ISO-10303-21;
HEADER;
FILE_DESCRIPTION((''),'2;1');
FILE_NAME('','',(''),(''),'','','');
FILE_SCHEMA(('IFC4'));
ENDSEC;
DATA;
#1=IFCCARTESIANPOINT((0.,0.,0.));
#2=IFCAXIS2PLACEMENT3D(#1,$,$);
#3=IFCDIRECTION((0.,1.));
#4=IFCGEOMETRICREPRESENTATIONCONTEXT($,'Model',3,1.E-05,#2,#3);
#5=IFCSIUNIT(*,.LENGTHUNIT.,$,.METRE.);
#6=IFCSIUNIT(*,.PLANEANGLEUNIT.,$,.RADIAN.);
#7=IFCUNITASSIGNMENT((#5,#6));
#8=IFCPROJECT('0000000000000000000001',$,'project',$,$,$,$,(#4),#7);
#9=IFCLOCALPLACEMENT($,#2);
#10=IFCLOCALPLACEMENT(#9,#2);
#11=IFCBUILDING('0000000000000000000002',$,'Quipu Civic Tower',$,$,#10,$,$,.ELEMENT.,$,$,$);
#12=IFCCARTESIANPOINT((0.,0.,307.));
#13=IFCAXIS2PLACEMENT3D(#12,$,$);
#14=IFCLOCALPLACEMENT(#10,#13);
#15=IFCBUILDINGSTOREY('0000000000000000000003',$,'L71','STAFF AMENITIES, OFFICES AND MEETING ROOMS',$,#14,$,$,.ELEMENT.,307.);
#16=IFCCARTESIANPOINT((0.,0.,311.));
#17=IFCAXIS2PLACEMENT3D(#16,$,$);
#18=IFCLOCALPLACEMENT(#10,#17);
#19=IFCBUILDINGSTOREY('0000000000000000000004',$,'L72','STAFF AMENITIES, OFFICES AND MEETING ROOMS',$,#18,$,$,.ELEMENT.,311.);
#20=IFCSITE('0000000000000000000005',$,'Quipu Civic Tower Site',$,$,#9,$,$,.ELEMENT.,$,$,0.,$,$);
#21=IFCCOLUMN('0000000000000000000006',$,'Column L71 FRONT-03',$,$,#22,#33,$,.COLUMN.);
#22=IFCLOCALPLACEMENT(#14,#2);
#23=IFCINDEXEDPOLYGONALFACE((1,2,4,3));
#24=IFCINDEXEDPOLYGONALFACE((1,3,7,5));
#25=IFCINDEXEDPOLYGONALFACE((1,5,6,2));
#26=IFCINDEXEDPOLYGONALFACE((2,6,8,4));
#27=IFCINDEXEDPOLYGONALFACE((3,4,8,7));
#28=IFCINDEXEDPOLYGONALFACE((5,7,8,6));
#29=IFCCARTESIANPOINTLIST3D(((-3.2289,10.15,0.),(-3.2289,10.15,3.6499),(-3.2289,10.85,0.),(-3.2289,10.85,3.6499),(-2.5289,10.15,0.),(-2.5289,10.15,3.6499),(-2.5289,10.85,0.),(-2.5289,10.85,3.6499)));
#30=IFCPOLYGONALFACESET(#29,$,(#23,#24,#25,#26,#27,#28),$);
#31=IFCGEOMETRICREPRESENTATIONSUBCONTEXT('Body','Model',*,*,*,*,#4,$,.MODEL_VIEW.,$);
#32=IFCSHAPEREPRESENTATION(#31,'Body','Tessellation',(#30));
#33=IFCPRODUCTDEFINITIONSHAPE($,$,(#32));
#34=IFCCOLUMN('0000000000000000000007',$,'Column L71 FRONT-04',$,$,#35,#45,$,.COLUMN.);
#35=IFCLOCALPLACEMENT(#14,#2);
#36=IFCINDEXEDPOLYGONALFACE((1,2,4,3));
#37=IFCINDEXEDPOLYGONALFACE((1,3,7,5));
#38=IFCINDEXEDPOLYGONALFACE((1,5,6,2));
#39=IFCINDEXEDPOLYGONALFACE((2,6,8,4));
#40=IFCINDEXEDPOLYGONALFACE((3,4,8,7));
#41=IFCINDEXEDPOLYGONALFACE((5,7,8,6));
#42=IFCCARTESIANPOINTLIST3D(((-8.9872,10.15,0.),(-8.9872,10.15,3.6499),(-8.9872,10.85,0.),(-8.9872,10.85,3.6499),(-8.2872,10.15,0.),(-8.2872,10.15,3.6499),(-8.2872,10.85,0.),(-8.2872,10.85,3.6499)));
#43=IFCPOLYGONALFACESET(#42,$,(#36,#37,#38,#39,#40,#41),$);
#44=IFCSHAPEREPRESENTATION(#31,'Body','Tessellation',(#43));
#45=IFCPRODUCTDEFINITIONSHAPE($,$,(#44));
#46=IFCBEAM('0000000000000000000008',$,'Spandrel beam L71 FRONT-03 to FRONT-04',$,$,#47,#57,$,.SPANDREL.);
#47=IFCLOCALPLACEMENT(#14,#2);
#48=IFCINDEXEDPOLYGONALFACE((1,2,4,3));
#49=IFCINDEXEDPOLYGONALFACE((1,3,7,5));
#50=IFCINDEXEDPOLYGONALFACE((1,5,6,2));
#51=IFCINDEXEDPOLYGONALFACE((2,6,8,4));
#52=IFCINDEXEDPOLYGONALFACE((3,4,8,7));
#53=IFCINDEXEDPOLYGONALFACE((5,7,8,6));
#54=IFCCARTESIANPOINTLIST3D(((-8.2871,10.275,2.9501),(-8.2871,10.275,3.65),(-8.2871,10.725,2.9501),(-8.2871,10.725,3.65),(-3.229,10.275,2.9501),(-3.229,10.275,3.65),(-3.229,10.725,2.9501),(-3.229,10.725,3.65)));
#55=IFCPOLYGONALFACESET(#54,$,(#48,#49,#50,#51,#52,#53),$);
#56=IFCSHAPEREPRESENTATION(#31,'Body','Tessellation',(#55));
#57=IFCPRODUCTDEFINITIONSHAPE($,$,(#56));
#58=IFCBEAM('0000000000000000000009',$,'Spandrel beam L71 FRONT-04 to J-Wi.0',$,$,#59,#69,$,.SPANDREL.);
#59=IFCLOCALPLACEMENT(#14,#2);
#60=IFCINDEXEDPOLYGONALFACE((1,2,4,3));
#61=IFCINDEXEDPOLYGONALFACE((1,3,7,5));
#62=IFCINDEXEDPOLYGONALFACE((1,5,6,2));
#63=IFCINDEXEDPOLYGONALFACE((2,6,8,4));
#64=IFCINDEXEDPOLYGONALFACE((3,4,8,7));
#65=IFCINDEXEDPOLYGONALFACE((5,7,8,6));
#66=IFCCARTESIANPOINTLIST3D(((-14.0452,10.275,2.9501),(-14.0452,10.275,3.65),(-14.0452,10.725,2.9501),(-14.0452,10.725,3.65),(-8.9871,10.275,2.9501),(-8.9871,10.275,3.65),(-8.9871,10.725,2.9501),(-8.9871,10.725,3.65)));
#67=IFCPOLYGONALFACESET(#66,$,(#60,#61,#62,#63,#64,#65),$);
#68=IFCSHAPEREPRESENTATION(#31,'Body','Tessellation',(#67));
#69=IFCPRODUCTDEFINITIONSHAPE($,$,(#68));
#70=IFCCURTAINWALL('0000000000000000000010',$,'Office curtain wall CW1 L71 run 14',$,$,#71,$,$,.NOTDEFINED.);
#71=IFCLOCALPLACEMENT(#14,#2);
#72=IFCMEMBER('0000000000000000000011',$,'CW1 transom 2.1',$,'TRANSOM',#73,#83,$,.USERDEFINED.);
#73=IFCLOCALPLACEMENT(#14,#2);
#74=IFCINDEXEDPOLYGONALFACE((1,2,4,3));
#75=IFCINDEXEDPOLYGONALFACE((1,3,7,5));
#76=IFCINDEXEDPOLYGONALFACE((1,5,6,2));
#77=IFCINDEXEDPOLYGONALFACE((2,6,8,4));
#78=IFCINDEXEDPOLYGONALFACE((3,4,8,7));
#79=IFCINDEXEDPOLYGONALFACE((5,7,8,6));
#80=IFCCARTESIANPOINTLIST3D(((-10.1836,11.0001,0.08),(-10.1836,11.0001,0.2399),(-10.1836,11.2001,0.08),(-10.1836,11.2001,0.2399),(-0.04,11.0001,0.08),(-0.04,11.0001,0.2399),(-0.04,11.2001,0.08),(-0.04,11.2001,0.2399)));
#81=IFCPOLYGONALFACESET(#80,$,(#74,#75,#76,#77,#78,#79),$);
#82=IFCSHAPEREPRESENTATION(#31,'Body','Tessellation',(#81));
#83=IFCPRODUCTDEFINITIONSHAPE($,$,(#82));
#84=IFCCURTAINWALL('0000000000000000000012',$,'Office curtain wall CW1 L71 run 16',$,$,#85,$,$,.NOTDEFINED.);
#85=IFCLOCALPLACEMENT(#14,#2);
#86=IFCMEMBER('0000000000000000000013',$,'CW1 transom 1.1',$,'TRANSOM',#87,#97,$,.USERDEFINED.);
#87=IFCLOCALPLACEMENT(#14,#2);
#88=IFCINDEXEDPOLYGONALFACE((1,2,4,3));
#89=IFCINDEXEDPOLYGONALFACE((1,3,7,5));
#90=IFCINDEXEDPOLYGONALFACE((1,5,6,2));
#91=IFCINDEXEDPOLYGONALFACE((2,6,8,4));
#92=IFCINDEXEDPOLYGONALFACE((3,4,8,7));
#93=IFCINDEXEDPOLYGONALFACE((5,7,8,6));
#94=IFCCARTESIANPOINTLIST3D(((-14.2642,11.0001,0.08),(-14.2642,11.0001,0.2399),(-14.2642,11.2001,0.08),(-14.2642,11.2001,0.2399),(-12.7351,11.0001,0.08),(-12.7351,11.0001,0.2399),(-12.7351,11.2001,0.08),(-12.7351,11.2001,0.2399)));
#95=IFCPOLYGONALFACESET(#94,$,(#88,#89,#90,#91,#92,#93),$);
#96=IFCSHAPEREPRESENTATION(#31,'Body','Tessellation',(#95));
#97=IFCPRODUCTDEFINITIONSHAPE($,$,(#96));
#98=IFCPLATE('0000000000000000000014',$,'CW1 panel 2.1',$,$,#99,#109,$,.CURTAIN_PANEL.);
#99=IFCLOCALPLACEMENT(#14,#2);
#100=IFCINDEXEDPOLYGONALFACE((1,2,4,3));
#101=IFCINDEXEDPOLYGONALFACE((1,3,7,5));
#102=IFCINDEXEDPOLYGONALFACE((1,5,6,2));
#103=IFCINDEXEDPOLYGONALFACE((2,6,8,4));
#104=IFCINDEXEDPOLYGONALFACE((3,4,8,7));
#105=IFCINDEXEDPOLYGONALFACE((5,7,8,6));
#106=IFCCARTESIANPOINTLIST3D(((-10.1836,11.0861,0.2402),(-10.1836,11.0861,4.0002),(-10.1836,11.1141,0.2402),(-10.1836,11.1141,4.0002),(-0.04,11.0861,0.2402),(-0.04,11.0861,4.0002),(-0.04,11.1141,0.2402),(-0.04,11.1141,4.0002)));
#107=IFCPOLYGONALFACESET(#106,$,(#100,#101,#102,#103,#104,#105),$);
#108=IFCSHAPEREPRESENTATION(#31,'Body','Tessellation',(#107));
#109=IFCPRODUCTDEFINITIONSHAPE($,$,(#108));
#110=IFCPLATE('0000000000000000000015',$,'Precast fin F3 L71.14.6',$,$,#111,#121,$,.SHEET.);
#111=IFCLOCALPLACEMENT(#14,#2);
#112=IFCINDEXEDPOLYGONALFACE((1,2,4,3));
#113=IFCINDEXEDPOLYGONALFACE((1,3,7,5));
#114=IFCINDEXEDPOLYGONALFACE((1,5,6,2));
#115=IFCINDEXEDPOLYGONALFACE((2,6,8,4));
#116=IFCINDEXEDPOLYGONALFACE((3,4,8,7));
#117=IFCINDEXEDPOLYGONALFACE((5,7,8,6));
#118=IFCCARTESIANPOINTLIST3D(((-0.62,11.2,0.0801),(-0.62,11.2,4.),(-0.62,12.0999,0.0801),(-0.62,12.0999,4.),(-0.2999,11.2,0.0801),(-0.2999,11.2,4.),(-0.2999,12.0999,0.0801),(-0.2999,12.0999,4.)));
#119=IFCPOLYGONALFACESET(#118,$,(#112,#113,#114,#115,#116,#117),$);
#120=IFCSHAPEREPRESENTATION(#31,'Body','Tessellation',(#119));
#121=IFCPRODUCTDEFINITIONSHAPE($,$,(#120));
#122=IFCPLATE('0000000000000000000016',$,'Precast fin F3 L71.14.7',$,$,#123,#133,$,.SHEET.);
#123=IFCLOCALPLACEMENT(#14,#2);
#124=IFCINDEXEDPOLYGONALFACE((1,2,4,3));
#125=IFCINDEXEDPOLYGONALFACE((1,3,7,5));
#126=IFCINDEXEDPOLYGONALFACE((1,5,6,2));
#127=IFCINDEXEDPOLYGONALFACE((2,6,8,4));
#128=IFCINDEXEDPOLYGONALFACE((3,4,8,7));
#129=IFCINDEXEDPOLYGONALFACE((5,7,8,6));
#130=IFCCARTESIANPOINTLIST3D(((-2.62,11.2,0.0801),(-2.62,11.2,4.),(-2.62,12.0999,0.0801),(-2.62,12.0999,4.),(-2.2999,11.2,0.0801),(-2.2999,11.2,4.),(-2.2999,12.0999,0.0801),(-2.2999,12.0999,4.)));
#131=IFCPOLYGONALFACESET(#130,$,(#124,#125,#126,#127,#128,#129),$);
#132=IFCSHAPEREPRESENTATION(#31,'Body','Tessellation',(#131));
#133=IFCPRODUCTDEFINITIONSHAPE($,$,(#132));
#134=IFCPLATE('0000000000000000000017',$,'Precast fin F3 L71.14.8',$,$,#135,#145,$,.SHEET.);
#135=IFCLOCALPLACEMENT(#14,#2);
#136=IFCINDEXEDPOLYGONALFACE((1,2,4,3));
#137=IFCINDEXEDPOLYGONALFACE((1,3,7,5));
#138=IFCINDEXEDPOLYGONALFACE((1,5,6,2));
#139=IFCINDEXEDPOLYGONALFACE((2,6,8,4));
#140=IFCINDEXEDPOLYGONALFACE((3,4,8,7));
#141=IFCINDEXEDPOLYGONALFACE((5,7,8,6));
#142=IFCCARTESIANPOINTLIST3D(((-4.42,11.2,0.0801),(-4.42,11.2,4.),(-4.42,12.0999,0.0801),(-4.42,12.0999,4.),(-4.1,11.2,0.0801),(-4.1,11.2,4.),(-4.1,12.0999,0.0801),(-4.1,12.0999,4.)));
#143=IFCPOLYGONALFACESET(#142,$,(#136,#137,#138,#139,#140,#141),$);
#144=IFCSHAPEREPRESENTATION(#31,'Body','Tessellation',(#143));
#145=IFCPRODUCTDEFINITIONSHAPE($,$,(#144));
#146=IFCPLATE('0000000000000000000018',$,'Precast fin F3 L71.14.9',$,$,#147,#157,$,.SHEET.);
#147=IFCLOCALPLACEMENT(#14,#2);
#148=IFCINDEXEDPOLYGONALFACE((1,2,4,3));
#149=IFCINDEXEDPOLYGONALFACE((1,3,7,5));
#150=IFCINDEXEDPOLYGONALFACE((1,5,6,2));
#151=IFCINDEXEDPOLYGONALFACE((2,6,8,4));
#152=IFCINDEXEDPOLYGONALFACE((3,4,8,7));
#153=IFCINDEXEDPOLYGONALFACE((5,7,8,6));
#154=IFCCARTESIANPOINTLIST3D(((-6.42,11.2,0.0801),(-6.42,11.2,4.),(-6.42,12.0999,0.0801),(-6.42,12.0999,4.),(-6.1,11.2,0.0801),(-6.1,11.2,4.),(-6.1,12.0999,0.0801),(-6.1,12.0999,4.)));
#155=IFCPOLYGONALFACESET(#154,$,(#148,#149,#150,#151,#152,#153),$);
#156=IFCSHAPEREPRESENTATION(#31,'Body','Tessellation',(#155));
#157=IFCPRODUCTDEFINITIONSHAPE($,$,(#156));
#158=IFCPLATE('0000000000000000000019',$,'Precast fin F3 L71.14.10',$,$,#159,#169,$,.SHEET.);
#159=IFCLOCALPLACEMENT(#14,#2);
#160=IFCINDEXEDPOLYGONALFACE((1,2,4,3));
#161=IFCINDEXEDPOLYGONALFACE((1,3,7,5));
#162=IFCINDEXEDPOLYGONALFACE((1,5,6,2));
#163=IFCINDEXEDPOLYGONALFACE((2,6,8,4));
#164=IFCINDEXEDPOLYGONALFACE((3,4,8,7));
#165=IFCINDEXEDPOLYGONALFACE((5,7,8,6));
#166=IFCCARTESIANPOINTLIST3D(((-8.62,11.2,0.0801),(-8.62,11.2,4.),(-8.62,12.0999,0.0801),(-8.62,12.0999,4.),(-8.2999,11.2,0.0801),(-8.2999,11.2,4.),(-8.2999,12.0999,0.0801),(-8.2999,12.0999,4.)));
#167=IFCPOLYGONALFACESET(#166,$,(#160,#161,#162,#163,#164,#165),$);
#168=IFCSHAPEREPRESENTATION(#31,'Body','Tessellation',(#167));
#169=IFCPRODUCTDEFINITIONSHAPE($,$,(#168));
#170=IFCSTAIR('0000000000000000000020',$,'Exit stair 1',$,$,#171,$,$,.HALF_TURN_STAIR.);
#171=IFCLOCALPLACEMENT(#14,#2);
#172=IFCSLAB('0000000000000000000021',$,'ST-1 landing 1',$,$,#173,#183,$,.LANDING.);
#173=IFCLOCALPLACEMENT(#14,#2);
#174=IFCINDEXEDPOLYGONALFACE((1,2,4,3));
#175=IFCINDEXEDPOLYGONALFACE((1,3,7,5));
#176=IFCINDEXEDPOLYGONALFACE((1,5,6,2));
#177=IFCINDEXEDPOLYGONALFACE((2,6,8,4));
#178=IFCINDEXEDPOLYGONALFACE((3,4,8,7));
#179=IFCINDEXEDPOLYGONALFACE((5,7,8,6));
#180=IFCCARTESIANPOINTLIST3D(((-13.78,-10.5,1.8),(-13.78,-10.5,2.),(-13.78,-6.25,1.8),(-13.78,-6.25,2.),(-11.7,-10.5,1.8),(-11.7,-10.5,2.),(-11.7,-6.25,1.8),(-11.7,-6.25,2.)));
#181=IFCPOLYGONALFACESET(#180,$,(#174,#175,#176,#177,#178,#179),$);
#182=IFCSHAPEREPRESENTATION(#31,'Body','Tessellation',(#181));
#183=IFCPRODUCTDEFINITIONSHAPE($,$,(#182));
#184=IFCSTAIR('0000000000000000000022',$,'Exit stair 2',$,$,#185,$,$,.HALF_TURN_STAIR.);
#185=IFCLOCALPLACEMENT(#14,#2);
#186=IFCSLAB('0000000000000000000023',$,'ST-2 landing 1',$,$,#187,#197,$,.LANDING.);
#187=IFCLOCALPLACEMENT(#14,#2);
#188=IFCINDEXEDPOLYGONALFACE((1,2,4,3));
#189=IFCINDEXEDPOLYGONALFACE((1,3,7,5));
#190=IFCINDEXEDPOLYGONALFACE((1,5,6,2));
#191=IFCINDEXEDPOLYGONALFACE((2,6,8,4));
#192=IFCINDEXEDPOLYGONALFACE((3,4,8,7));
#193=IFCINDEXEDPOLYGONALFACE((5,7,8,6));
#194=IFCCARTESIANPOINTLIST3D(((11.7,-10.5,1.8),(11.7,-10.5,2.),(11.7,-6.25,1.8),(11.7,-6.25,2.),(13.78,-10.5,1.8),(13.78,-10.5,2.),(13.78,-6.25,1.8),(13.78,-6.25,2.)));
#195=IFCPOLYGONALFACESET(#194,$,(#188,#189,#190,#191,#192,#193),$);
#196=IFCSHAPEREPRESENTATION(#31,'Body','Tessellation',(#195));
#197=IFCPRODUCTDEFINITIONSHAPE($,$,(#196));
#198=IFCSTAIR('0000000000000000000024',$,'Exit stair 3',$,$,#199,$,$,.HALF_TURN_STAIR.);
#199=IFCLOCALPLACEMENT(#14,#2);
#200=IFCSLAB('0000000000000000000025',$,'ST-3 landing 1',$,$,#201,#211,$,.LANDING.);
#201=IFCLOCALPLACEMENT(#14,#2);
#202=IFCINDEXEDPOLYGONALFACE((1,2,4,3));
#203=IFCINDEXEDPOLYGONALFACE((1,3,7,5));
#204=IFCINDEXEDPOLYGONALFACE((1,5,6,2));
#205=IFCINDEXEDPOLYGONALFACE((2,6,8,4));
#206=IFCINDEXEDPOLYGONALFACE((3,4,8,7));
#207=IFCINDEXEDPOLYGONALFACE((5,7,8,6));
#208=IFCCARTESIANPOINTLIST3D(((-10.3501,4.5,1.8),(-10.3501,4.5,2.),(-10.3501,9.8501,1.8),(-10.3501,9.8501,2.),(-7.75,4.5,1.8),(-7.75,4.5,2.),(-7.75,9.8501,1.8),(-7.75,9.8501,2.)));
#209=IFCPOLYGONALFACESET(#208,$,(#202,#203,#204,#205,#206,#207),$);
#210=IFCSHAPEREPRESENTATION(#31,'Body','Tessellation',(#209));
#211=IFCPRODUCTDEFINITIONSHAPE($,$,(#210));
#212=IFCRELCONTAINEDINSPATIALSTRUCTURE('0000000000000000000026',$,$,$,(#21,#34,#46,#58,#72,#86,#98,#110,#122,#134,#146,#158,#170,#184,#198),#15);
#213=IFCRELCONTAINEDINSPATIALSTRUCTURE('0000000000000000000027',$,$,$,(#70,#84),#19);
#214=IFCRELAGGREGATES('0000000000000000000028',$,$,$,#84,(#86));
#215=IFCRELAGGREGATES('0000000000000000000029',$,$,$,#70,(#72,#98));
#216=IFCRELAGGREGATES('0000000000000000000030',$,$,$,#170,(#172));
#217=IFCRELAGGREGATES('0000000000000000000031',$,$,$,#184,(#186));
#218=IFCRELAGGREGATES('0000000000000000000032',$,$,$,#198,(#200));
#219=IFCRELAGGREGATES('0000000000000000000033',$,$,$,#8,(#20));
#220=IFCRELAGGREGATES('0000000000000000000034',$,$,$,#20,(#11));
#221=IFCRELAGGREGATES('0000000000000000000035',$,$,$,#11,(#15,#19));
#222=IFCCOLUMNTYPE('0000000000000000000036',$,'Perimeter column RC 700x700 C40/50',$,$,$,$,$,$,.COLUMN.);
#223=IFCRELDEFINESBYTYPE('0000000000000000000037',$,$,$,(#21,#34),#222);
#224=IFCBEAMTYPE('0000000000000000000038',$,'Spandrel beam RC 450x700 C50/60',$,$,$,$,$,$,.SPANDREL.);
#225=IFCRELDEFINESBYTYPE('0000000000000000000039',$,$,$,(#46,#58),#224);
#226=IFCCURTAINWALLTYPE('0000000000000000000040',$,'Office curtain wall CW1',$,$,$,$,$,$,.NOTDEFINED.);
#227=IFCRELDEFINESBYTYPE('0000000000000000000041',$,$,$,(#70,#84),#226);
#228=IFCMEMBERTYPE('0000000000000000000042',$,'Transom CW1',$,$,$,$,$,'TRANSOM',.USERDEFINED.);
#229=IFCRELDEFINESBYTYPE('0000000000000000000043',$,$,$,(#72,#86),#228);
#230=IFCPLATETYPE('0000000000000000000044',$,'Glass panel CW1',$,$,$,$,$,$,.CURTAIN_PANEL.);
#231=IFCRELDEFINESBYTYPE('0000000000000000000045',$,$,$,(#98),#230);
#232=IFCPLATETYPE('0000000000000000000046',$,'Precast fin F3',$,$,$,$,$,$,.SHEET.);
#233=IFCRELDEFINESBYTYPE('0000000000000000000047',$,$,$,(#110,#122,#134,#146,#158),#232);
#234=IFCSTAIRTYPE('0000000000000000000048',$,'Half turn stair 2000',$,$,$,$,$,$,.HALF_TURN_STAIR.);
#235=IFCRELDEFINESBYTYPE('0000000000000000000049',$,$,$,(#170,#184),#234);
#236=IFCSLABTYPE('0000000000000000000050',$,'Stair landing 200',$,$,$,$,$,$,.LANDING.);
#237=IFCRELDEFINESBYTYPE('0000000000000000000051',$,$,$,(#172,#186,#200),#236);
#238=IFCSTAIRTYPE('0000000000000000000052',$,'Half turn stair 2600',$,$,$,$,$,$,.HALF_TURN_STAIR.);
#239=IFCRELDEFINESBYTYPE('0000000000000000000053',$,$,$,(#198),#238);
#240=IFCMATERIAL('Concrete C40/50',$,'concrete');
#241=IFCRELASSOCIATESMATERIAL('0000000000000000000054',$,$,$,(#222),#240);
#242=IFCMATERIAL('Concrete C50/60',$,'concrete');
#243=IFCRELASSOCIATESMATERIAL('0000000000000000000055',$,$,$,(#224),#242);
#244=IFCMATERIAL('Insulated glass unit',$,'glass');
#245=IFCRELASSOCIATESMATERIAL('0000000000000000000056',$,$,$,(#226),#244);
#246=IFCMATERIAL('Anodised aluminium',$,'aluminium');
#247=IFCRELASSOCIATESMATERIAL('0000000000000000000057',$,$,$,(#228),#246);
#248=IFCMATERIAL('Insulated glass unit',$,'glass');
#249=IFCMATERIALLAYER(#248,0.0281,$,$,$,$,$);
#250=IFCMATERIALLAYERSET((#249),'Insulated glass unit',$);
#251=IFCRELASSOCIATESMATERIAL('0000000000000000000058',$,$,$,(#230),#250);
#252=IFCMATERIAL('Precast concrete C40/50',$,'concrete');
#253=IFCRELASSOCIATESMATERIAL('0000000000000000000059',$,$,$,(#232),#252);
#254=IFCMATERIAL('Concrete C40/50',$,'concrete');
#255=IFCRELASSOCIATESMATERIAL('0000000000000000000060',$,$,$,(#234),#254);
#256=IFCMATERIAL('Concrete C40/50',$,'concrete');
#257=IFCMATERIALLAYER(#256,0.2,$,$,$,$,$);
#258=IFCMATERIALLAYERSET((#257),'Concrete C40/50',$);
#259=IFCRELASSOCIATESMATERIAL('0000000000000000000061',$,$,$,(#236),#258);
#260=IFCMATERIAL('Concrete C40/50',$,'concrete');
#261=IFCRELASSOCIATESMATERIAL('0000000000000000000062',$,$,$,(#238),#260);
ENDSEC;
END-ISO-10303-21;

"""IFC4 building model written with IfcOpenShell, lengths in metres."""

from ifc_helpers import new_model, si_unit, direction, frame, origin, origin_2d, place, context, subcontext, project, spatial, polyline, rectangle, outline, extrude, material, layer, layer_set, material_profile, profile_set, type_object, element, aggregate, save


model = new_model("IFC4")

# Units and contexts
model_context = context("Model", 3, precision=1e-05, world=origin(), true_north=direction((0.0, 1.0)))
body_context = subcontext(model_context, "Body", "Model", "MODEL_VIEW")
ifc_project = project(units=[si_unit("LENGTHUNIT", "METRE"), si_unit("PLANEANGLEUNIT", "RADIAN")], contexts=[model_context])

# Site, building, storey
site_placement = place(None, origin())
site = spatial("IfcSite", under=ifc_project, at=site_placement, Name="Quipu Civic Tower Site", CompositionType="ELEMENT", RefElevation=0.0)
building_placement = place(site_placement, origin())
building = spatial("IfcBuilding", under=site, at=building_placement, Name="Quipu Civic Tower", CompositionType="ELEMENT")
storey_1_placement = place(building_placement, frame((0.0, 0.0, 307.0)))
storey_1 = spatial("IfcBuildingStorey", under=building, at=storey_1_placement, Name="L71", Description="STAFF AMENITIES, OFFICES AND MEETING ROOMS", CompositionType="ELEMENT", Elevation=307.0)

# Columns
ifc_material_1 = material(Name="Concrete C40/50", Category="concrete")
ifc_material_profile_1 = material_profile(ifc_material_1, rectangle(XDim=0.7, YDim=0.7, at=origin_2d()), Name="RC700x700")
ifc_profile_set_1 = profile_set([ifc_material_profile_1], Name="Concrete C40/50")
column_type = type_object("IfcColumnType", Name="Perimeter column RC 700x700 C40/50", PredefinedType="COLUMN", material=ifc_profile_set_1)
for number, where, z_axis, x_axis, name in (
    (1, (-2.8789, 10.5, 0.0), (0.0, 0.0, 1.0), (-1.0, 0.0, 0.0), "Column L71 FRONT-03"),
    (2, (-8.6372, 10.5, 0.0), (0.0, 0.0, 1.0), (-1.0, 0.0, 0.0), "Column L71 FRONT-04"),
):
    element("IfcColumn", number, at=place(storey_1_placement, frame(where, z_axis=z_axis, x_axis=x_axis)), inside=storey_1, type_object=column_type, Name=name, PredefinedType="COLUMN", context=body_context, shape_type="SweptSolid", body=[
        extrude(rectangle(XDim=0.7, YDim=0.7, at=origin_2d()), origin(), (0.0, 0.0, 1.0), 3.6499),
    ])

# Beams
ifc_material_2 = material(Name="Concrete C50/60", Category="concrete")
ifc_material_profile_2 = material_profile(ifc_material_2, rectangle(XDim=0.45, YDim=0.7, at=origin_2d()), Name="RC450x700")
ifc_profile_set_2 = profile_set([ifc_material_profile_2], Name="Concrete C50/60")
beam_type = type_object("IfcBeamType", Name="Spandrel beam RC 450x700 C50/60", PredefinedType="SPANDREL", material=ifc_profile_set_2)
for number, where, z_axis, x_axis, name in (
    (3, (-3.229, 10.5, 3.3), (-1.0, 0.0, 0.0), (0.0, -1.0, 0.0), "Spandrel beam L71 FRONT-03 to FRONT-04"),
    (4, (-8.9871, 10.5, 3.3), (-1.0, 0.0, 0.0), (0.0, -1.0, 0.0), "Spandrel beam L71 FRONT-04 to J-Wi.0"),
):
    element("IfcBeam", number, at=place(storey_1_placement, frame(where, z_axis=z_axis, x_axis=x_axis)), inside=storey_1, type_object=beam_type, Name=name, PredefinedType="SPANDREL", context=body_context, shape_type="SweptSolid", body=[
        extrude(rectangle(XDim=0.45, YDim=0.7, at=origin_2d()), origin(), (0.0, 0.0, 1.0), 5.0581),
    ])

# Shared definitions
storey_2_placement = place(building_placement, frame((0.0, 0.0, 311.0)))
storey_2 = spatial("IfcBuildingStorey", under=building, at=storey_2_placement, Name="L72", Description="STAFF AMENITIES, OFFICES AND MEETING ROOMS", CompositionType="ELEMENT", Elevation=311.0)

# Curtain walls, members
ifc_material_3 = material(Name="Insulated glass unit", Category="glass")
curtain_wall_type = type_object("IfcCurtainWallType", Name="Office curtain wall CW1", PredefinedType="NOTDEFINED", material=ifc_material_3)
curtain_wall_1_placement = place(storey_2_placement, origin())
curtain_wall_1 = element("IfcCurtainWall", 5, at=curtain_wall_1_placement, inside=storey_2, type_object=curtain_wall_type, Name="Office curtain wall CW1 L71 run 14", PredefinedType="NOTDEFINED")
ifc_material_4 = material(Name="Anodised aluminium", Category="aluminium")
ifc_material_profile_3 = material_profile(ifc_material_4, rectangle(XDim=0.2, YDim=0.1599, at=origin_2d()), Name="RECT 200x160")
ifc_profile_set_3 = profile_set([ifc_material_profile_3], Name="Anodised aluminium")
member_type = type_object("IfcMemberType", Name="Transom CW1", ElementType="TRANSOM", PredefinedType="USERDEFINED", material=ifc_profile_set_3)
member_1_placement = place(storey_1_placement, frame((-0.04, 11.1001, 0.1599), z_axis=(-1.0, 0.0, 0.0), x_axis=(0.0, -1.0, 0.0)))
member_1 = element("IfcMember", 6, at=member_1_placement, inside=storey_1, type_object=member_type, Name="CW1 transom 2.1", ObjectType="TRANSOM", PredefinedType="USERDEFINED", context=body_context, shape_type="SweptSolid", body=[
    extrude(rectangle(XDim=0.2, YDim=0.1599, at=origin_2d()), origin(), (0.0, 0.0, 1.0), 10.1436),
])
curtain_wall_2_placement = place(storey_2_placement, origin())
curtain_wall_2 = element("IfcCurtainWall", 7, at=curtain_wall_2_placement, inside=storey_2, type_object=curtain_wall_type, Name="Office curtain wall CW1 L71 run 16", PredefinedType="NOTDEFINED")
member_2_placement = place(storey_1_placement, frame((-12.7351, 11.1001, 0.1599), z_axis=(-1.0, 0.0, 0.0), x_axis=(0.0, -1.0, 0.0)))
member_2 = element("IfcMember", 8, at=member_2_placement, inside=storey_1, type_object=member_type, Name="CW1 transom 1.1", ObjectType="TRANSOM", PredefinedType="USERDEFINED", context=body_context, shape_type="SweptSolid", body=[
    extrude(rectangle(XDim=0.2, YDim=0.1599, at=origin_2d()), origin(), (0.0, 0.0, 1.0), 1.5291),
])
aggregate(curtain_wall_2, [member_2])

# Plate
ifc_material_5 = material(Name="Insulated glass unit", Category="glass")
ifc_layer_1 = layer(ifc_material_5, 0.0281)
ifc_layer_set_1 = layer_set([ifc_layer_1], Name="Insulated glass unit")
plate_type_1 = type_object("IfcPlateType", Name="Glass panel CW1", PredefinedType="CURTAIN_PANEL", material=ifc_layer_set_1)
plate_placement = place(storey_1_placement, frame((-5.1118, 11.1001, 0.2402), z_axis=(0.0, 0.0, 1.0), x_axis=(-1.0, 0.0, 0.0)))
plate = element("IfcPlate", 9, at=plate_placement, inside=storey_1, type_object=plate_type_1, Name="CW1 panel 2.1", PredefinedType="CURTAIN_PANEL", context=body_context, shape_type="SweptSolid", body=[
    extrude(rectangle(XDim=10.1436, YDim=0.0281, at=origin_2d()), origin(), (0.0, 0.0, 1.0), 3.76),
])
aggregate(curtain_wall_1, [member_1, plate])

# Plates
ifc_material_6 = material(Name="Precast concrete C40/50", Category="concrete")
plate_type_2 = type_object("IfcPlateType", Name="Precast fin F3", PredefinedType="SHEET", material=ifc_material_6)
for number, where, z_axis, x_axis, name in (
    (10, (-0.46, 11.6499, 0.0801), (0.0, 0.0, 1.0), (-1.0, 0.0, 0.0), "Precast fin F3 L71.14.6"),
    (11, (-2.46, 11.6499, 0.0801), (0.0, 0.0, 1.0), (-1.0, 0.0, 0.0), "Precast fin F3 L71.14.7"),
    (12, (-4.26, 11.6499, 0.0801), (0.0, 0.0, 1.0), (-1.0, 0.0, 0.0), "Precast fin F3 L71.14.8"),
    (13, (-6.26, 11.6499, 0.0801), (0.0, 0.0, 1.0), (-1.0, 0.0, 0.0), "Precast fin F3 L71.14.9"),
    (14, (-8.46, 11.6499, 0.0801), (0.0, 0.0, 1.0), (-1.0, 0.0, 0.0), "Precast fin F3 L71.14.10"),
):
    element("IfcPlate", number, at=place(storey_1_placement, frame(where, z_axis=z_axis, x_axis=x_axis)), inside=storey_1, type_object=plate_type_2, Name=name, PredefinedType="SHEET", context=body_context, shape_type="SweptSolid", body=[
        extrude(rectangle(XDim=0.3201, YDim=0.8999, at=origin_2d()), origin(), (0.0, 0.0, 1.0), 3.9199),
    ])

# Stairs, slabs
ifc_material_7 = material(Name="Concrete C40/50", Category="concrete")
stair_type_1 = type_object("IfcStairType", Name="Half turn stair 2000", PredefinedType="HALF_TURN_STAIR", material=ifc_material_7)
stair_1_placement = place(storey_1_placement, origin())
stair_1 = element("IfcStair", 15, at=stair_1_placement, inside=storey_1, type_object=stair_type_1, Name="Exit stair 1", PredefinedType="HALF_TURN_STAIR")
ifc_material_8 = material(Name="Concrete C40/50", Category="concrete")
ifc_layer_2 = layer(ifc_material_8, 0.2)
ifc_layer_set_2 = layer_set([ifc_layer_2], Name="Concrete C40/50")
slab_type = type_object("IfcSlabType", Name="Stair landing 200", PredefinedType="LANDING", material=ifc_layer_set_2)
slab_1_placement = place(storey_1_placement, frame((0.0, 0.0, 1.8)))
slab_1 = element("IfcSlab", 16, at=slab_1_placement, type_object=slab_type, Name="ST-1 landing 1", PredefinedType="LANDING", context=body_context, shape_type="SweptSolid", body=[
    extrude(outline(polyline([(-13.78, -10.5), (-11.7, -10.5), (-11.7, -6.25), (-13.78, -6.25), (-13.78, -10.5)])), origin(), (0.0, 0.0, 1.0), 0.2),
])
aggregate(stair_1, [slab_1])
stair_2_placement = place(storey_1_placement, origin())
stair_2 = element("IfcStair", 17, at=stair_2_placement, inside=storey_1, type_object=stair_type_1, Name="Exit stair 2", PredefinedType="HALF_TURN_STAIR")
slab_2_placement = place(storey_1_placement, frame((0.0, 0.0, 1.8)))
slab_2 = element("IfcSlab", 18, at=slab_2_placement, type_object=slab_type, Name="ST-2 landing 1", PredefinedType="LANDING", context=body_context, shape_type="SweptSolid", body=[
    extrude(outline(polyline([(13.78, -6.25), (11.7, -6.25), (11.7, -10.5), (13.78, -10.5), (13.78, -6.25)])), origin(), (0.0, 0.0, 1.0), 0.2),
])
aggregate(stair_2, [slab_2])
ifc_material_9 = material(Name="Concrete C40/50", Category="concrete")
stair_type_2 = type_object("IfcStairType", Name="Half turn stair 2600", PredefinedType="HALF_TURN_STAIR", material=ifc_material_9)
stair_3_placement = place(storey_1_placement, origin())
stair_3 = element("IfcStair", 19, at=stair_3_placement, inside=storey_1, type_object=stair_type_2, Name="Exit stair 3", PredefinedType="HALF_TURN_STAIR")
slab_3_placement = place(storey_1_placement, frame((0.0, 0.0, 1.8)))
slab_3 = element("IfcSlab", 20, at=slab_3_placement, type_object=slab_type, Name="ST-3 landing 1", PredefinedType="LANDING", context=body_context, shape_type="SweptSolid", body=[
    extrude(outline(polyline([(-10.3501, 4.5), (-7.75, 4.5), (-7.75, 9.8501), (-10.3501, 9.8501), (-10.3501, 4.5)])), origin(), (0.0, 0.0, 1.0), 0.2),
])

aggregate(stair_3, [slab_3])

save(model, "model.ifc")
